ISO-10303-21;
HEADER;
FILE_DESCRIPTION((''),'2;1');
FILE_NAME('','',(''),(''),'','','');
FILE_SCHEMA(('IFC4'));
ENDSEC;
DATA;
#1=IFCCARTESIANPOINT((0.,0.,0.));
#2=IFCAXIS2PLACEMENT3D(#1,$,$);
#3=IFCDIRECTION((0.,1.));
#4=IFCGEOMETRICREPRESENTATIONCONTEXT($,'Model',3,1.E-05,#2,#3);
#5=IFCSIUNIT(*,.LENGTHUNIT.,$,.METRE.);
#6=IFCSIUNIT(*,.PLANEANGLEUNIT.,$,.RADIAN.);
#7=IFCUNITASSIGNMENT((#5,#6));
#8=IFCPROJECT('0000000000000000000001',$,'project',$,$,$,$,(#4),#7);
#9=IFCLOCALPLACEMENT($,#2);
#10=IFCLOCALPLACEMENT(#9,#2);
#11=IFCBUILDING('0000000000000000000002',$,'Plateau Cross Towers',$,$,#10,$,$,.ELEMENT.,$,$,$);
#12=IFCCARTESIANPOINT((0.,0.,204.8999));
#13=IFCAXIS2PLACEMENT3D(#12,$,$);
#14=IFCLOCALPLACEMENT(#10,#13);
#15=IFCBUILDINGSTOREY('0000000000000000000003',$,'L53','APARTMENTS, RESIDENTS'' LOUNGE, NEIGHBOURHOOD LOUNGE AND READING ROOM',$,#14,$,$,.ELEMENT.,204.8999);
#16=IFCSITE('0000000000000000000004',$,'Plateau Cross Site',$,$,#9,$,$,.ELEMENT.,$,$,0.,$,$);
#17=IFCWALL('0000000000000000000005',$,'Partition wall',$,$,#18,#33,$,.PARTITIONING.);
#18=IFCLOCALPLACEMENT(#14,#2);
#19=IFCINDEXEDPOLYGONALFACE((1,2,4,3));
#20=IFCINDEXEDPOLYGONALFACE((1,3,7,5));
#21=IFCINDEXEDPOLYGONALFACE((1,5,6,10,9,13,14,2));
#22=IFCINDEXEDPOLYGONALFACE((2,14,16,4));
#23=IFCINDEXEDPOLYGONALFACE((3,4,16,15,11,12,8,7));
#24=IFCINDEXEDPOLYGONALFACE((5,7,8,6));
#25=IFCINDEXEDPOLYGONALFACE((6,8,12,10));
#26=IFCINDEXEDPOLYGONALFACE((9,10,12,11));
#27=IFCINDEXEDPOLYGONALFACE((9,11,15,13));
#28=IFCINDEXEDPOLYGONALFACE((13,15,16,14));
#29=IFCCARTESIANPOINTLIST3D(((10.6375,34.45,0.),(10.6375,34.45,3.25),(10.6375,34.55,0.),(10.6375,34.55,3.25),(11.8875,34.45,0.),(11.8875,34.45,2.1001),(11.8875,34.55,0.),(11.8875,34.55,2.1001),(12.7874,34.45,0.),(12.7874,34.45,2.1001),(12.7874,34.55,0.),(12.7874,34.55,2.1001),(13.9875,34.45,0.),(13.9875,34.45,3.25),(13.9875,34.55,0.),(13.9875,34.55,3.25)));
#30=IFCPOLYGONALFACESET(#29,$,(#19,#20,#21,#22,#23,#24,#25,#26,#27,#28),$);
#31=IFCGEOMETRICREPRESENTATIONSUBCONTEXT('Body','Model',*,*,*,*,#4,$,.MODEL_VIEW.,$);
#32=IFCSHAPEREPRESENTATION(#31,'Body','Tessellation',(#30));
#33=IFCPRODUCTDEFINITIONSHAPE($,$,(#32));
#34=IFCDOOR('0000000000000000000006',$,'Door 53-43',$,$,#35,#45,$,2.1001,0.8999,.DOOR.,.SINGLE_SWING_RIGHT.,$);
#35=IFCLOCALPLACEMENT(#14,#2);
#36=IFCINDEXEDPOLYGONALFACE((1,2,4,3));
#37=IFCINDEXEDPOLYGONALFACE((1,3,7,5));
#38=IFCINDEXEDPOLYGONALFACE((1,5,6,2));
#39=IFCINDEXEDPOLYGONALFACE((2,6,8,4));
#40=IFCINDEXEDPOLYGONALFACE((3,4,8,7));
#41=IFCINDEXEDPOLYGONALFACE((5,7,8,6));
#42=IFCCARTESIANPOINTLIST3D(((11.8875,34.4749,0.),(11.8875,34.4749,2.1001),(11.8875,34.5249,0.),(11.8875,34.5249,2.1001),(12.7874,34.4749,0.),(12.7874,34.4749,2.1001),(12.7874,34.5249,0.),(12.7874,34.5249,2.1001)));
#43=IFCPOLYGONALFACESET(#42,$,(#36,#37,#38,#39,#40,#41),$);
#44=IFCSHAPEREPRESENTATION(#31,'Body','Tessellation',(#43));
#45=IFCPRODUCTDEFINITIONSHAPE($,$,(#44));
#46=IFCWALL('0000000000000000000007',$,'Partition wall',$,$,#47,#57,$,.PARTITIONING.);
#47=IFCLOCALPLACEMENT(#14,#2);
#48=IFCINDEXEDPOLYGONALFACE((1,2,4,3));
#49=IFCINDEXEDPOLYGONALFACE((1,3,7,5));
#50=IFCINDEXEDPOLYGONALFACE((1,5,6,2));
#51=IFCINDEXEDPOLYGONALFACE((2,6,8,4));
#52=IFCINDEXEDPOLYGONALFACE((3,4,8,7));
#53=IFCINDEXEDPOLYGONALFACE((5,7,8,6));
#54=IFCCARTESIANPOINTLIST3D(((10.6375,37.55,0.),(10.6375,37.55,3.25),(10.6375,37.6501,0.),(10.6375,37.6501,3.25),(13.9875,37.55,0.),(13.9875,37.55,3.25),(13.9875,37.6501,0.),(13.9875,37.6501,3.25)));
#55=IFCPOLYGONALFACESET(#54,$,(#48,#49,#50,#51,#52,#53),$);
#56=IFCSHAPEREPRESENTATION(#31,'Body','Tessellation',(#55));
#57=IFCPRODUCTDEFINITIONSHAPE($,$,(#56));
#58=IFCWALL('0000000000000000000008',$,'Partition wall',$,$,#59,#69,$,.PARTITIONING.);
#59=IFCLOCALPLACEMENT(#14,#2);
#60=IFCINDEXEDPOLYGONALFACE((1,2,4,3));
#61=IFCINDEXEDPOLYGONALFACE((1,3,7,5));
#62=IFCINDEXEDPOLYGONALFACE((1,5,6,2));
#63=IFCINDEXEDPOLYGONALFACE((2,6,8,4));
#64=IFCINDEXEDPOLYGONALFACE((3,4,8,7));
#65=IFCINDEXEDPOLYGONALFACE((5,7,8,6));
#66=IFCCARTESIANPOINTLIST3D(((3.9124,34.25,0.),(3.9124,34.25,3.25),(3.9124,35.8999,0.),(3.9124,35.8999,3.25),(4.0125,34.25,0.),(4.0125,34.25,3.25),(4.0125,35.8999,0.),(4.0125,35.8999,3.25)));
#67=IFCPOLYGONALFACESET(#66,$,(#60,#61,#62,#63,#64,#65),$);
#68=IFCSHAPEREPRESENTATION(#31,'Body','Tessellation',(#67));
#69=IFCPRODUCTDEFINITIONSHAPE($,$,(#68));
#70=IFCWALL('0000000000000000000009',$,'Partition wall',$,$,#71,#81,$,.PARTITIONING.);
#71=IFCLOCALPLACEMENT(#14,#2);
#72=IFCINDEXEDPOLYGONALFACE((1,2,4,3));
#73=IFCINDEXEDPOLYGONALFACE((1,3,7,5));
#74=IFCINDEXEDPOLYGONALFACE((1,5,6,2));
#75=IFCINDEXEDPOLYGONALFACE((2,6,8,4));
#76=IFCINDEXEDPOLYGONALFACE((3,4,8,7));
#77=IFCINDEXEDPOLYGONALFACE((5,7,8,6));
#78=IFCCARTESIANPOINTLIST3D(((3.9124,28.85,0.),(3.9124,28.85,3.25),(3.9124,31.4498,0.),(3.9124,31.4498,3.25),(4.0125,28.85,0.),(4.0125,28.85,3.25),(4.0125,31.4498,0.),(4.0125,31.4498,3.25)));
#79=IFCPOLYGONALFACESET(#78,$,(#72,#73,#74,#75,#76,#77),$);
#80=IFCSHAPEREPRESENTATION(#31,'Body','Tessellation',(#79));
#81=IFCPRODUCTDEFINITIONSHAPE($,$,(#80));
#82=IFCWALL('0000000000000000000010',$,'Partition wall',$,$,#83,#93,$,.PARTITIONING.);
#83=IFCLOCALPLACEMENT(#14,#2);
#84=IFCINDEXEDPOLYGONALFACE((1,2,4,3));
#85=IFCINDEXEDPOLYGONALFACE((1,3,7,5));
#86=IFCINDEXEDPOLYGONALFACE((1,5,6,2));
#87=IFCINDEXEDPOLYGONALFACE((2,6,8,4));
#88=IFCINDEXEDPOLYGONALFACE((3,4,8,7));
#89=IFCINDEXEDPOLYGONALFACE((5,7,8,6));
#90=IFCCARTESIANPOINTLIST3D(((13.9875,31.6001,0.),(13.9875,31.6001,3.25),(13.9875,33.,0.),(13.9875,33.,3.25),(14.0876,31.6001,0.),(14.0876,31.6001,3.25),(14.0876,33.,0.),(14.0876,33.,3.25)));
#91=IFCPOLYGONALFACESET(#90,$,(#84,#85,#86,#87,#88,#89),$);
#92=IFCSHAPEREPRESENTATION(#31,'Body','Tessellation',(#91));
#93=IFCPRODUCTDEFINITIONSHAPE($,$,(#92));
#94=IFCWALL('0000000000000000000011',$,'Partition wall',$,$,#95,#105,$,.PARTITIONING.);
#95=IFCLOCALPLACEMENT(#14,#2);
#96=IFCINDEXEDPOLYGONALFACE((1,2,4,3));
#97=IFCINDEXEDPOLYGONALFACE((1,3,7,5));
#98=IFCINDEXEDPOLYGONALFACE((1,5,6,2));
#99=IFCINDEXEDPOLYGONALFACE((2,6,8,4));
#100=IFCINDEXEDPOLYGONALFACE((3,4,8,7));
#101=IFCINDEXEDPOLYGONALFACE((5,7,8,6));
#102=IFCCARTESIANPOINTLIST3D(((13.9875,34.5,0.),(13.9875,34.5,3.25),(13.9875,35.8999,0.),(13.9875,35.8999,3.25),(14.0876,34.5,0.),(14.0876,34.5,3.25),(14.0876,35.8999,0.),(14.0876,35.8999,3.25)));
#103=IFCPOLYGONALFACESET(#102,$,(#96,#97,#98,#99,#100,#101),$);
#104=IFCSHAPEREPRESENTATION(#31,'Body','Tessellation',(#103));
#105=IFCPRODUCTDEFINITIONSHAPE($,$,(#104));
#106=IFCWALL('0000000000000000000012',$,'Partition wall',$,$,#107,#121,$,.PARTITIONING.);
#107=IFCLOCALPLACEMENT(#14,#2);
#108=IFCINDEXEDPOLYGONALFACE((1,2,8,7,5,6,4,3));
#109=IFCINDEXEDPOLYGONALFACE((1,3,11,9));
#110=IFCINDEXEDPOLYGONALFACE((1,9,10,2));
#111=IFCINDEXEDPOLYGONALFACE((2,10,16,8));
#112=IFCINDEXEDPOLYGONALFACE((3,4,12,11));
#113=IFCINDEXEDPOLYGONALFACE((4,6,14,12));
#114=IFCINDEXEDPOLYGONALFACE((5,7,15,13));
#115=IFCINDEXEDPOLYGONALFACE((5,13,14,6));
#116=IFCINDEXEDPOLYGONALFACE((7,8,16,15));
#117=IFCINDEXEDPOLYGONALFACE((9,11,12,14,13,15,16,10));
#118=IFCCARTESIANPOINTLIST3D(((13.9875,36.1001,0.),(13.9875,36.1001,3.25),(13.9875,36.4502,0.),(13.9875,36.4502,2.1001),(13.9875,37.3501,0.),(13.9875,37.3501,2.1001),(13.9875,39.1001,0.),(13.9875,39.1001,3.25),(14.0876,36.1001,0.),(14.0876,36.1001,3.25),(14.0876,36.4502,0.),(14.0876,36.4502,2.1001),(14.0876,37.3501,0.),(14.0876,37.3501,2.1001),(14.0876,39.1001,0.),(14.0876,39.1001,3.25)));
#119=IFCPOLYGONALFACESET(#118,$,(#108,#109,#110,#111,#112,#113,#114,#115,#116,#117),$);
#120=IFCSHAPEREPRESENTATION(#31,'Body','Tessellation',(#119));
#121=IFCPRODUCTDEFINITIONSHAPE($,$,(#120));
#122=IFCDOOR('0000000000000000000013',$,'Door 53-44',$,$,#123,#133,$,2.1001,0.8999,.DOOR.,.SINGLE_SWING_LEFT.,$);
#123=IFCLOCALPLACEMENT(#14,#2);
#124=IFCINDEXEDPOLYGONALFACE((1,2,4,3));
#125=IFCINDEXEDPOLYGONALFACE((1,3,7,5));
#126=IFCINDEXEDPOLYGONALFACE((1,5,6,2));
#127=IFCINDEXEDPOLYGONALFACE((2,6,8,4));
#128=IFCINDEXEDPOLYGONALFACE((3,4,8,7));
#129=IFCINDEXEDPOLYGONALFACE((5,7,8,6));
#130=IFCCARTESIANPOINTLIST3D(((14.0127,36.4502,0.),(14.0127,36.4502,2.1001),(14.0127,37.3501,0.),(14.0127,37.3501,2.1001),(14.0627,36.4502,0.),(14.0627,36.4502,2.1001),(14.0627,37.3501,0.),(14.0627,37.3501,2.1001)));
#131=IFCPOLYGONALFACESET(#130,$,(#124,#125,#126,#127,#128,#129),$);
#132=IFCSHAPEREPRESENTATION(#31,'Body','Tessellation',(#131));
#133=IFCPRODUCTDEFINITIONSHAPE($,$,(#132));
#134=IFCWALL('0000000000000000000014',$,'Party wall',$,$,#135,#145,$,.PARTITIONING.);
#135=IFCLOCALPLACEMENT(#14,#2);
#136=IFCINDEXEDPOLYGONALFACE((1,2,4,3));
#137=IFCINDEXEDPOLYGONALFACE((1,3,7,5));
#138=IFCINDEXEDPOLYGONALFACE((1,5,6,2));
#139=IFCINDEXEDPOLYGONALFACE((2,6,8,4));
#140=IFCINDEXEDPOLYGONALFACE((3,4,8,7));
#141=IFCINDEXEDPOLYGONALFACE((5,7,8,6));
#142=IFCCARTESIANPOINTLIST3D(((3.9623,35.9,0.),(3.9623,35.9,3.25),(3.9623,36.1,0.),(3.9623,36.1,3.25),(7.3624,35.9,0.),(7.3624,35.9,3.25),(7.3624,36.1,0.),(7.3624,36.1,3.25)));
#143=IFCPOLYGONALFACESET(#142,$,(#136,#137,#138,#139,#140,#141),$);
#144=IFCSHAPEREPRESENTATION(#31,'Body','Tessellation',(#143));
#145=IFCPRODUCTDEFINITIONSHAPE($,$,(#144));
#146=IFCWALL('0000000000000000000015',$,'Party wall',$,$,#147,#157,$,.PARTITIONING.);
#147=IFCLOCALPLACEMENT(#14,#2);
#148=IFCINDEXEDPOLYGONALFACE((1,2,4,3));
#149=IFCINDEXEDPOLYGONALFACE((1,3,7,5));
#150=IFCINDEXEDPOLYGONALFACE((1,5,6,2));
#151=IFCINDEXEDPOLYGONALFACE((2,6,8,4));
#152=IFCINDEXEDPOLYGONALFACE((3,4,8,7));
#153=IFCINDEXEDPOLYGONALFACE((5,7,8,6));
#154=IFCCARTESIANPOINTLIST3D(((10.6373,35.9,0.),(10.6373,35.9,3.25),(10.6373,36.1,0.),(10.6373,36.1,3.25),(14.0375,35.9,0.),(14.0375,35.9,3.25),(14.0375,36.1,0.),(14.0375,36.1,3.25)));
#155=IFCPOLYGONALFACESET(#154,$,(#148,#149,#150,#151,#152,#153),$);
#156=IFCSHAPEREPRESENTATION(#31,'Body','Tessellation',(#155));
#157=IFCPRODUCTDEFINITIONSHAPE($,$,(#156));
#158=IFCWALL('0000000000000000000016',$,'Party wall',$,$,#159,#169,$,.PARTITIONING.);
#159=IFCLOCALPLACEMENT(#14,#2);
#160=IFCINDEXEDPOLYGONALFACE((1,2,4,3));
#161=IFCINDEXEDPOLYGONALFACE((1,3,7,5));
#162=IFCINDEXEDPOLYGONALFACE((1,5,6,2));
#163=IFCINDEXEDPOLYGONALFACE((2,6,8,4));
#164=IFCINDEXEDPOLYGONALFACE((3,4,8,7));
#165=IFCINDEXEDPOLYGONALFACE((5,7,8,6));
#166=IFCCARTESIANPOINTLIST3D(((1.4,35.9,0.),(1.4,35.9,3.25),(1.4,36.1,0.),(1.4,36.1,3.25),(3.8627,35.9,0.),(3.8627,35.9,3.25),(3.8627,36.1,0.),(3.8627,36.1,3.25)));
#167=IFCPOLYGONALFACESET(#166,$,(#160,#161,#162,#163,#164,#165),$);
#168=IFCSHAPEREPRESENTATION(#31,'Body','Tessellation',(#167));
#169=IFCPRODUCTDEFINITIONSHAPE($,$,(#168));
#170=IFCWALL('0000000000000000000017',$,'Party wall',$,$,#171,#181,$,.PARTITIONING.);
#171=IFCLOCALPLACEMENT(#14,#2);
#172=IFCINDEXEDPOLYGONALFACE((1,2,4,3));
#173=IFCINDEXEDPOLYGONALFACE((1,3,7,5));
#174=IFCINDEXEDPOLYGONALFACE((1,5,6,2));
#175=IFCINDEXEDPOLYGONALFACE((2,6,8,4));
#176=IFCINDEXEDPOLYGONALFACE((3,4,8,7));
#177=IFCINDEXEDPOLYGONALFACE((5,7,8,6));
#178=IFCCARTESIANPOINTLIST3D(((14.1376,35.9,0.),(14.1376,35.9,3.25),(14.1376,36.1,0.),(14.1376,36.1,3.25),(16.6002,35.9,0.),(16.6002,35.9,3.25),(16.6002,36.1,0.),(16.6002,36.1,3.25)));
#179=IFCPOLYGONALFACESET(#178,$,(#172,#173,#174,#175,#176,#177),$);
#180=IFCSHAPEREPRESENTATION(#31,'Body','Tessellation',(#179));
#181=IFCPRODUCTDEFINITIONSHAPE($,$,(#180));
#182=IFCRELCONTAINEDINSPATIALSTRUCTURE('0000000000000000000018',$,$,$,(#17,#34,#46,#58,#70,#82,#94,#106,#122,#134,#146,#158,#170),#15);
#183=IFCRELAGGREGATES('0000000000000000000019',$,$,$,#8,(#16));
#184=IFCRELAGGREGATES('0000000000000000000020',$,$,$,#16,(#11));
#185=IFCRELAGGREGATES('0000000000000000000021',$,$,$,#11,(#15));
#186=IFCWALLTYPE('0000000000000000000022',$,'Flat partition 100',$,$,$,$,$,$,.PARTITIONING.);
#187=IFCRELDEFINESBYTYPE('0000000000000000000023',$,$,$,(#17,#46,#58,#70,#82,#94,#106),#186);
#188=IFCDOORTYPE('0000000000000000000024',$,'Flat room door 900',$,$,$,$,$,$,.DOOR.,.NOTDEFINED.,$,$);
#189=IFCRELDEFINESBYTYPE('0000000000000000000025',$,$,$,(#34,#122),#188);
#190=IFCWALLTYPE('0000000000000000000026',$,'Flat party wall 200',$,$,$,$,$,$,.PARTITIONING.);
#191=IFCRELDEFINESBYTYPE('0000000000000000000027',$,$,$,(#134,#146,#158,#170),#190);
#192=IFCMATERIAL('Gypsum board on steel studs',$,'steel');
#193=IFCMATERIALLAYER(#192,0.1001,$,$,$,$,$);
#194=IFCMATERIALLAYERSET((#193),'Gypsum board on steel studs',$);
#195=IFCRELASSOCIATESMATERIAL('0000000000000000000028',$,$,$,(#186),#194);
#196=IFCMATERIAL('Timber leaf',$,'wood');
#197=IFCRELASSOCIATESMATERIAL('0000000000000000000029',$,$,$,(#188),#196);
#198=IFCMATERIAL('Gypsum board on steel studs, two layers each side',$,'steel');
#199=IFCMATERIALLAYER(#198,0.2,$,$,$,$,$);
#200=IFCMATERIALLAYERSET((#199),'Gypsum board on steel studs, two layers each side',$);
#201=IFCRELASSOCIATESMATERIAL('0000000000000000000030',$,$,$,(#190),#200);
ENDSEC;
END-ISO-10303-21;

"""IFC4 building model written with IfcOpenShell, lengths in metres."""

from ifc_helpers import new_model, si_unit, direction, frame, frame_2d, origin, place, context, subcontext, project, spatial, rectangle, extrude, material, layer, layer_set, type_object, element, fill, save


model = new_model("IFC4")

# Units and contexts
model_context = context("Model", 3, precision=1e-05, world=origin(), true_north=direction((0.0, 1.0)))
body_context = subcontext(model_context, "Body", "Model", "MODEL_VIEW")
ifc_project = project(units=[si_unit("LENGTHUNIT", "METRE"), si_unit("PLANEANGLEUNIT", "RADIAN")], contexts=[model_context])

# Site, building, storey
site_placement = place(None, origin())
site = spatial("IfcSite", under=ifc_project, at=site_placement, Name="Plateau Cross Site", CompositionType="ELEMENT", RefElevation=0.0)
building_placement = place(site_placement, origin())
building = spatial("IfcBuilding", under=site, at=building_placement, Name="Plateau Cross Towers", CompositionType="ELEMENT")
storey_placement = place(building_placement, frame((0.0, 0.0, 204.8999)))
storey = spatial("IfcBuildingStorey", under=building, at=storey_placement, Name="L53", Description="APARTMENTS, RESIDENTS' LOUNGE, NEIGHBOURHOOD LOUNGE AND READING ROOM", CompositionType="ELEMENT", Elevation=204.8999)

# Wall, opening, door
ifc_material_1 = material(Name="Gypsum board on steel studs", Category="steel")
ifc_layer_1 = layer(ifc_material_1, 0.1001)
ifc_layer_set_1 = layer_set([ifc_layer_1], Name="Gypsum board on steel studs")
wall_type_1 = type_object("IfcWallType", Name="Flat partition 100", PredefinedType="PARTITIONING", material=ifc_layer_set_1)
ifc_material_2 = material(Name="Timber leaf", Category="wood")
door_type_1 = type_object("IfcDoorType", Name="Flat room door 900", OperationType="NOTDEFINED", PredefinedType="DOOR", material=ifc_material_2)
wall_1_placement = place(storey_placement, frame((10.6375, 34.5, 0.0), z_axis=(0.0, 0.0, 1.0), x_axis=(1.0, 0.0, 0.0)))
wall_1 = element("IfcWall", 1, at=wall_1_placement, inside=storey, type_object=wall_type_1, Name="Partition wall", PredefinedType="PARTITIONING", context=body_context, shape_type="SweptSolid", body=[
    extrude(rectangle(XDim=3.3501, YDim=0.1001, at=frame_2d((1.675, 0.0))), origin(), (0.0, 0.0, 1.0), 3.25),
])
opening_1_placement = place(wall_1_placement, frame((1.25, 0.0, 0.0)))
opening_1 = element("IfcOpeningElement", 2, at=opening_1_placement, cuts=wall_1, PredefinedType="OPENING", context=body_context, shape_type="SweptSolid", body=[
    extrude(rectangle(XDim=0.8999, YDim=2.1001, at=frame_2d((0.45, 1.05))), frame((0.0, 0.0601, 0.0), z_axis=(0.0, -1.0, 0.0), x_axis=(1.0, 0.0, 0.0)), (0.0, 0.0, 1.0), 0.1201),
])
door_1_placement = place(opening_1_placement, origin())
door_1 = element("IfcDoor", 3, at=door_1_placement, inside=storey, type_object=door_type_1, Name="Door 53-43", OperationType="SINGLE_SWING_RIGHT", OverallHeight=2.1001, OverallWidth=0.8999, PredefinedType="DOOR", context=body_context, shape_type="SweptSolid", body=[
    extrude(rectangle(XDim=0.8999, YDim=2.1001, at=frame_2d((0.45, 1.05))), frame((0.0, 0.0249, 0.0), z_axis=(0.0, -1.0, 0.0), x_axis=(1.0, 0.0, 0.0)), (0.0, 0.0, 1.0), 0.05),
])
fill(opening_1, door_1)

# Walls
wall_2_placement = place(storey_placement, frame((13.9875, 37.6001, 0.0), z_axis=(0.0, 0.0, 1.0), x_axis=(-1.0, 0.0, 0.0)))
element("IfcWall", 4, at=wall_2_placement, inside=storey, type_object=wall_type_1, Name="Partition wall", PredefinedType="PARTITIONING", context=body_context, shape_type="SweptSolid", body=[
    extrude(rectangle(XDim=3.3501, YDim=0.1001, at=frame_2d((1.675, 0.0))), origin(), (0.0, 0.0, 1.0), 3.25),
])
wall_3_placement = place(storey_placement, frame((3.9624, 35.8999, 0.0), z_axis=(0.0, 0.0, 1.0), x_axis=(0.0, -1.0, 0.0)))
element("IfcWall", 5, at=wall_3_placement, inside=storey, type_object=wall_type_1, Name="Partition wall", PredefinedType="PARTITIONING", context=body_context, shape_type="SweptSolid", body=[
    extrude(rectangle(XDim=1.6499, YDim=0.1001, at=frame_2d((0.825, 0.0))), origin(), (0.0, 0.0, 1.0), 3.25),
])
wall_4_placement = place(storey_placement, frame((3.9624, 28.8501, 0.0), z_axis=(0.0, 0.0, 1.0), x_axis=(0.0, 1.0, 0.0)))
element("IfcWall", 6, at=wall_4_placement, inside=storey, type_object=wall_type_1, Name="Partition wall", PredefinedType="PARTITIONING", context=body_context, shape_type="SweptSolid", body=[
    extrude(rectangle(XDim=2.5999, YDim=0.1001, at=frame_2d((1.2998, 0.0))), origin(), (0.0, 0.0, 1.0), 3.25),
])
for number, where, z_axis, x_axis, name in (
    (7, (14.0376, 31.6001, 0.0), (0.0, 0.0, 1.0), (0.0, 1.0, 0.0), "Partition wall"),
    (8, (14.0376, 34.5, 0.0), (0.0, 0.0, 1.0), (0.0, 1.0, 0.0), "Partition wall"),
):
    element("IfcWall", number, at=place(storey_placement, frame(where, z_axis=z_axis, x_axis=x_axis)), inside=storey, type_object=wall_type_1, Name=name, PredefinedType="PARTITIONING", context=body_context, shape_type="SweptSolid", body=[
        extrude(rectangle(XDim=1.3999, YDim=0.1001, at=frame_2d((0.7, 0.0))), origin(), (0.0, 0.0, 1.0), 3.25),
    ])

# Wall, opening, door
wall_5_placement = place(storey_placement, frame((14.0376, 36.1001, 0.0), z_axis=(0.0, 0.0, 1.0), x_axis=(0.0, 1.0, 0.0)))
wall_5 = element("IfcWall", 9, at=wall_5_placement, inside=storey, type_object=wall_type_1, Name="Partition wall", PredefinedType="PARTITIONING", context=body_context, shape_type="SweptSolid", body=[
    extrude(rectangle(XDim=3.0, YDim=0.1001, at=frame_2d((1.5, 0.0))), origin(), (0.0, 0.0, 1.0), 3.25),
])
opening_2_placement = place(wall_5_placement, frame((0.3501, 0.0, 0.0)))
opening_2 = element("IfcOpeningElement", 10, at=opening_2_placement, cuts=wall_5, PredefinedType="OPENING", context=body_context, shape_type="SweptSolid", body=[
    extrude(rectangle(XDim=0.8999, YDim=2.1001, at=frame_2d((0.45, 1.05))), frame((0.0, 0.0601, 0.0), z_axis=(0.0, -1.0, 0.0), x_axis=(1.0, 0.0, 0.0)), (0.0, 0.0, 1.0), 0.1201),
])
door_2_placement = place(opening_2_placement, origin())
door_2 = element("IfcDoor", 11, at=door_2_placement, inside=storey, type_object=door_type_1, Name="Door 53-44", OperationType="SINGLE_SWING_LEFT", OverallHeight=2.1001, OverallWidth=0.8999, PredefinedType="DOOR", context=body_context, shape_type="SweptSolid", body=[
    extrude(rectangle(XDim=0.8999, YDim=2.1001, at=frame_2d((0.45, 1.05))), frame((0.0, 0.0249, 0.0), z_axis=(0.0, -1.0, 0.0), x_axis=(1.0, 0.0, 0.0)), (0.0, 0.0, 1.0), 0.05),
])
fill(opening_2, door_2)

# Walls
ifc_material_3 = material(Name="Gypsum board on steel studs, two layers each side", Category="steel")
ifc_layer_2 = layer(ifc_material_3, 0.2)
ifc_layer_set_2 = layer_set([ifc_layer_2], Name="Gypsum board on steel studs, two layers each side")
wall_type_2 = type_object("IfcWallType", Name="Flat party wall 200", PredefinedType="PARTITIONING", material=ifc_layer_set_2)
for number, where, z_axis, x_axis, name in (
    (12, (7.3625, 36.0, 0.0), (0.0, 0.0, 1.0), (-1.0, 0.0, 0.0), "Party wall"),
    (13, (14.0376, 36.0, 0.0), (0.0, 0.0, 1.0), (-1.0, 0.0, 0.0), "Party wall"),
):
    element("IfcWall", number, at=place(storey_placement, frame(where, z_axis=z_axis, x_axis=x_axis)), inside=storey, type_object=wall_type_2, Name=name, PredefinedType="PARTITIONING", context=body_context, shape_type="SweptSolid", body=[
        extrude(rectangle(XDim=3.4001, YDim=0.2, at=frame_2d((1.7002, 0.0))), origin(), (0.0, 0.0, 1.0), 3.25),
    ])
for number, where, z_axis, x_axis, name in (
    (14, (1.3999, 36.0, 0.0), (0.0, 0.0, 1.0), (1.0, 0.0, 0.0), "Party wall"),
    (15, (14.1375, 36.0, 0.0), (0.0, 0.0, 1.0), (1.0, 0.0, 0.0), "Party wall"),
):
    element("IfcWall", number, at=place(storey_placement, frame(where, z_axis=z_axis, x_axis=x_axis)), inside=storey, type_object=wall_type_2, Name=name, PredefinedType="PARTITIONING", context=body_context, shape_type="SweptSolid", body=[
        extrude(rectangle(XDim=2.4626, YDim=0.2, at=frame_2d((1.2314, 0.0))), origin(), (0.0, 0.0, 1.0), 3.25),
    ])

save(model, "model.ifc")
